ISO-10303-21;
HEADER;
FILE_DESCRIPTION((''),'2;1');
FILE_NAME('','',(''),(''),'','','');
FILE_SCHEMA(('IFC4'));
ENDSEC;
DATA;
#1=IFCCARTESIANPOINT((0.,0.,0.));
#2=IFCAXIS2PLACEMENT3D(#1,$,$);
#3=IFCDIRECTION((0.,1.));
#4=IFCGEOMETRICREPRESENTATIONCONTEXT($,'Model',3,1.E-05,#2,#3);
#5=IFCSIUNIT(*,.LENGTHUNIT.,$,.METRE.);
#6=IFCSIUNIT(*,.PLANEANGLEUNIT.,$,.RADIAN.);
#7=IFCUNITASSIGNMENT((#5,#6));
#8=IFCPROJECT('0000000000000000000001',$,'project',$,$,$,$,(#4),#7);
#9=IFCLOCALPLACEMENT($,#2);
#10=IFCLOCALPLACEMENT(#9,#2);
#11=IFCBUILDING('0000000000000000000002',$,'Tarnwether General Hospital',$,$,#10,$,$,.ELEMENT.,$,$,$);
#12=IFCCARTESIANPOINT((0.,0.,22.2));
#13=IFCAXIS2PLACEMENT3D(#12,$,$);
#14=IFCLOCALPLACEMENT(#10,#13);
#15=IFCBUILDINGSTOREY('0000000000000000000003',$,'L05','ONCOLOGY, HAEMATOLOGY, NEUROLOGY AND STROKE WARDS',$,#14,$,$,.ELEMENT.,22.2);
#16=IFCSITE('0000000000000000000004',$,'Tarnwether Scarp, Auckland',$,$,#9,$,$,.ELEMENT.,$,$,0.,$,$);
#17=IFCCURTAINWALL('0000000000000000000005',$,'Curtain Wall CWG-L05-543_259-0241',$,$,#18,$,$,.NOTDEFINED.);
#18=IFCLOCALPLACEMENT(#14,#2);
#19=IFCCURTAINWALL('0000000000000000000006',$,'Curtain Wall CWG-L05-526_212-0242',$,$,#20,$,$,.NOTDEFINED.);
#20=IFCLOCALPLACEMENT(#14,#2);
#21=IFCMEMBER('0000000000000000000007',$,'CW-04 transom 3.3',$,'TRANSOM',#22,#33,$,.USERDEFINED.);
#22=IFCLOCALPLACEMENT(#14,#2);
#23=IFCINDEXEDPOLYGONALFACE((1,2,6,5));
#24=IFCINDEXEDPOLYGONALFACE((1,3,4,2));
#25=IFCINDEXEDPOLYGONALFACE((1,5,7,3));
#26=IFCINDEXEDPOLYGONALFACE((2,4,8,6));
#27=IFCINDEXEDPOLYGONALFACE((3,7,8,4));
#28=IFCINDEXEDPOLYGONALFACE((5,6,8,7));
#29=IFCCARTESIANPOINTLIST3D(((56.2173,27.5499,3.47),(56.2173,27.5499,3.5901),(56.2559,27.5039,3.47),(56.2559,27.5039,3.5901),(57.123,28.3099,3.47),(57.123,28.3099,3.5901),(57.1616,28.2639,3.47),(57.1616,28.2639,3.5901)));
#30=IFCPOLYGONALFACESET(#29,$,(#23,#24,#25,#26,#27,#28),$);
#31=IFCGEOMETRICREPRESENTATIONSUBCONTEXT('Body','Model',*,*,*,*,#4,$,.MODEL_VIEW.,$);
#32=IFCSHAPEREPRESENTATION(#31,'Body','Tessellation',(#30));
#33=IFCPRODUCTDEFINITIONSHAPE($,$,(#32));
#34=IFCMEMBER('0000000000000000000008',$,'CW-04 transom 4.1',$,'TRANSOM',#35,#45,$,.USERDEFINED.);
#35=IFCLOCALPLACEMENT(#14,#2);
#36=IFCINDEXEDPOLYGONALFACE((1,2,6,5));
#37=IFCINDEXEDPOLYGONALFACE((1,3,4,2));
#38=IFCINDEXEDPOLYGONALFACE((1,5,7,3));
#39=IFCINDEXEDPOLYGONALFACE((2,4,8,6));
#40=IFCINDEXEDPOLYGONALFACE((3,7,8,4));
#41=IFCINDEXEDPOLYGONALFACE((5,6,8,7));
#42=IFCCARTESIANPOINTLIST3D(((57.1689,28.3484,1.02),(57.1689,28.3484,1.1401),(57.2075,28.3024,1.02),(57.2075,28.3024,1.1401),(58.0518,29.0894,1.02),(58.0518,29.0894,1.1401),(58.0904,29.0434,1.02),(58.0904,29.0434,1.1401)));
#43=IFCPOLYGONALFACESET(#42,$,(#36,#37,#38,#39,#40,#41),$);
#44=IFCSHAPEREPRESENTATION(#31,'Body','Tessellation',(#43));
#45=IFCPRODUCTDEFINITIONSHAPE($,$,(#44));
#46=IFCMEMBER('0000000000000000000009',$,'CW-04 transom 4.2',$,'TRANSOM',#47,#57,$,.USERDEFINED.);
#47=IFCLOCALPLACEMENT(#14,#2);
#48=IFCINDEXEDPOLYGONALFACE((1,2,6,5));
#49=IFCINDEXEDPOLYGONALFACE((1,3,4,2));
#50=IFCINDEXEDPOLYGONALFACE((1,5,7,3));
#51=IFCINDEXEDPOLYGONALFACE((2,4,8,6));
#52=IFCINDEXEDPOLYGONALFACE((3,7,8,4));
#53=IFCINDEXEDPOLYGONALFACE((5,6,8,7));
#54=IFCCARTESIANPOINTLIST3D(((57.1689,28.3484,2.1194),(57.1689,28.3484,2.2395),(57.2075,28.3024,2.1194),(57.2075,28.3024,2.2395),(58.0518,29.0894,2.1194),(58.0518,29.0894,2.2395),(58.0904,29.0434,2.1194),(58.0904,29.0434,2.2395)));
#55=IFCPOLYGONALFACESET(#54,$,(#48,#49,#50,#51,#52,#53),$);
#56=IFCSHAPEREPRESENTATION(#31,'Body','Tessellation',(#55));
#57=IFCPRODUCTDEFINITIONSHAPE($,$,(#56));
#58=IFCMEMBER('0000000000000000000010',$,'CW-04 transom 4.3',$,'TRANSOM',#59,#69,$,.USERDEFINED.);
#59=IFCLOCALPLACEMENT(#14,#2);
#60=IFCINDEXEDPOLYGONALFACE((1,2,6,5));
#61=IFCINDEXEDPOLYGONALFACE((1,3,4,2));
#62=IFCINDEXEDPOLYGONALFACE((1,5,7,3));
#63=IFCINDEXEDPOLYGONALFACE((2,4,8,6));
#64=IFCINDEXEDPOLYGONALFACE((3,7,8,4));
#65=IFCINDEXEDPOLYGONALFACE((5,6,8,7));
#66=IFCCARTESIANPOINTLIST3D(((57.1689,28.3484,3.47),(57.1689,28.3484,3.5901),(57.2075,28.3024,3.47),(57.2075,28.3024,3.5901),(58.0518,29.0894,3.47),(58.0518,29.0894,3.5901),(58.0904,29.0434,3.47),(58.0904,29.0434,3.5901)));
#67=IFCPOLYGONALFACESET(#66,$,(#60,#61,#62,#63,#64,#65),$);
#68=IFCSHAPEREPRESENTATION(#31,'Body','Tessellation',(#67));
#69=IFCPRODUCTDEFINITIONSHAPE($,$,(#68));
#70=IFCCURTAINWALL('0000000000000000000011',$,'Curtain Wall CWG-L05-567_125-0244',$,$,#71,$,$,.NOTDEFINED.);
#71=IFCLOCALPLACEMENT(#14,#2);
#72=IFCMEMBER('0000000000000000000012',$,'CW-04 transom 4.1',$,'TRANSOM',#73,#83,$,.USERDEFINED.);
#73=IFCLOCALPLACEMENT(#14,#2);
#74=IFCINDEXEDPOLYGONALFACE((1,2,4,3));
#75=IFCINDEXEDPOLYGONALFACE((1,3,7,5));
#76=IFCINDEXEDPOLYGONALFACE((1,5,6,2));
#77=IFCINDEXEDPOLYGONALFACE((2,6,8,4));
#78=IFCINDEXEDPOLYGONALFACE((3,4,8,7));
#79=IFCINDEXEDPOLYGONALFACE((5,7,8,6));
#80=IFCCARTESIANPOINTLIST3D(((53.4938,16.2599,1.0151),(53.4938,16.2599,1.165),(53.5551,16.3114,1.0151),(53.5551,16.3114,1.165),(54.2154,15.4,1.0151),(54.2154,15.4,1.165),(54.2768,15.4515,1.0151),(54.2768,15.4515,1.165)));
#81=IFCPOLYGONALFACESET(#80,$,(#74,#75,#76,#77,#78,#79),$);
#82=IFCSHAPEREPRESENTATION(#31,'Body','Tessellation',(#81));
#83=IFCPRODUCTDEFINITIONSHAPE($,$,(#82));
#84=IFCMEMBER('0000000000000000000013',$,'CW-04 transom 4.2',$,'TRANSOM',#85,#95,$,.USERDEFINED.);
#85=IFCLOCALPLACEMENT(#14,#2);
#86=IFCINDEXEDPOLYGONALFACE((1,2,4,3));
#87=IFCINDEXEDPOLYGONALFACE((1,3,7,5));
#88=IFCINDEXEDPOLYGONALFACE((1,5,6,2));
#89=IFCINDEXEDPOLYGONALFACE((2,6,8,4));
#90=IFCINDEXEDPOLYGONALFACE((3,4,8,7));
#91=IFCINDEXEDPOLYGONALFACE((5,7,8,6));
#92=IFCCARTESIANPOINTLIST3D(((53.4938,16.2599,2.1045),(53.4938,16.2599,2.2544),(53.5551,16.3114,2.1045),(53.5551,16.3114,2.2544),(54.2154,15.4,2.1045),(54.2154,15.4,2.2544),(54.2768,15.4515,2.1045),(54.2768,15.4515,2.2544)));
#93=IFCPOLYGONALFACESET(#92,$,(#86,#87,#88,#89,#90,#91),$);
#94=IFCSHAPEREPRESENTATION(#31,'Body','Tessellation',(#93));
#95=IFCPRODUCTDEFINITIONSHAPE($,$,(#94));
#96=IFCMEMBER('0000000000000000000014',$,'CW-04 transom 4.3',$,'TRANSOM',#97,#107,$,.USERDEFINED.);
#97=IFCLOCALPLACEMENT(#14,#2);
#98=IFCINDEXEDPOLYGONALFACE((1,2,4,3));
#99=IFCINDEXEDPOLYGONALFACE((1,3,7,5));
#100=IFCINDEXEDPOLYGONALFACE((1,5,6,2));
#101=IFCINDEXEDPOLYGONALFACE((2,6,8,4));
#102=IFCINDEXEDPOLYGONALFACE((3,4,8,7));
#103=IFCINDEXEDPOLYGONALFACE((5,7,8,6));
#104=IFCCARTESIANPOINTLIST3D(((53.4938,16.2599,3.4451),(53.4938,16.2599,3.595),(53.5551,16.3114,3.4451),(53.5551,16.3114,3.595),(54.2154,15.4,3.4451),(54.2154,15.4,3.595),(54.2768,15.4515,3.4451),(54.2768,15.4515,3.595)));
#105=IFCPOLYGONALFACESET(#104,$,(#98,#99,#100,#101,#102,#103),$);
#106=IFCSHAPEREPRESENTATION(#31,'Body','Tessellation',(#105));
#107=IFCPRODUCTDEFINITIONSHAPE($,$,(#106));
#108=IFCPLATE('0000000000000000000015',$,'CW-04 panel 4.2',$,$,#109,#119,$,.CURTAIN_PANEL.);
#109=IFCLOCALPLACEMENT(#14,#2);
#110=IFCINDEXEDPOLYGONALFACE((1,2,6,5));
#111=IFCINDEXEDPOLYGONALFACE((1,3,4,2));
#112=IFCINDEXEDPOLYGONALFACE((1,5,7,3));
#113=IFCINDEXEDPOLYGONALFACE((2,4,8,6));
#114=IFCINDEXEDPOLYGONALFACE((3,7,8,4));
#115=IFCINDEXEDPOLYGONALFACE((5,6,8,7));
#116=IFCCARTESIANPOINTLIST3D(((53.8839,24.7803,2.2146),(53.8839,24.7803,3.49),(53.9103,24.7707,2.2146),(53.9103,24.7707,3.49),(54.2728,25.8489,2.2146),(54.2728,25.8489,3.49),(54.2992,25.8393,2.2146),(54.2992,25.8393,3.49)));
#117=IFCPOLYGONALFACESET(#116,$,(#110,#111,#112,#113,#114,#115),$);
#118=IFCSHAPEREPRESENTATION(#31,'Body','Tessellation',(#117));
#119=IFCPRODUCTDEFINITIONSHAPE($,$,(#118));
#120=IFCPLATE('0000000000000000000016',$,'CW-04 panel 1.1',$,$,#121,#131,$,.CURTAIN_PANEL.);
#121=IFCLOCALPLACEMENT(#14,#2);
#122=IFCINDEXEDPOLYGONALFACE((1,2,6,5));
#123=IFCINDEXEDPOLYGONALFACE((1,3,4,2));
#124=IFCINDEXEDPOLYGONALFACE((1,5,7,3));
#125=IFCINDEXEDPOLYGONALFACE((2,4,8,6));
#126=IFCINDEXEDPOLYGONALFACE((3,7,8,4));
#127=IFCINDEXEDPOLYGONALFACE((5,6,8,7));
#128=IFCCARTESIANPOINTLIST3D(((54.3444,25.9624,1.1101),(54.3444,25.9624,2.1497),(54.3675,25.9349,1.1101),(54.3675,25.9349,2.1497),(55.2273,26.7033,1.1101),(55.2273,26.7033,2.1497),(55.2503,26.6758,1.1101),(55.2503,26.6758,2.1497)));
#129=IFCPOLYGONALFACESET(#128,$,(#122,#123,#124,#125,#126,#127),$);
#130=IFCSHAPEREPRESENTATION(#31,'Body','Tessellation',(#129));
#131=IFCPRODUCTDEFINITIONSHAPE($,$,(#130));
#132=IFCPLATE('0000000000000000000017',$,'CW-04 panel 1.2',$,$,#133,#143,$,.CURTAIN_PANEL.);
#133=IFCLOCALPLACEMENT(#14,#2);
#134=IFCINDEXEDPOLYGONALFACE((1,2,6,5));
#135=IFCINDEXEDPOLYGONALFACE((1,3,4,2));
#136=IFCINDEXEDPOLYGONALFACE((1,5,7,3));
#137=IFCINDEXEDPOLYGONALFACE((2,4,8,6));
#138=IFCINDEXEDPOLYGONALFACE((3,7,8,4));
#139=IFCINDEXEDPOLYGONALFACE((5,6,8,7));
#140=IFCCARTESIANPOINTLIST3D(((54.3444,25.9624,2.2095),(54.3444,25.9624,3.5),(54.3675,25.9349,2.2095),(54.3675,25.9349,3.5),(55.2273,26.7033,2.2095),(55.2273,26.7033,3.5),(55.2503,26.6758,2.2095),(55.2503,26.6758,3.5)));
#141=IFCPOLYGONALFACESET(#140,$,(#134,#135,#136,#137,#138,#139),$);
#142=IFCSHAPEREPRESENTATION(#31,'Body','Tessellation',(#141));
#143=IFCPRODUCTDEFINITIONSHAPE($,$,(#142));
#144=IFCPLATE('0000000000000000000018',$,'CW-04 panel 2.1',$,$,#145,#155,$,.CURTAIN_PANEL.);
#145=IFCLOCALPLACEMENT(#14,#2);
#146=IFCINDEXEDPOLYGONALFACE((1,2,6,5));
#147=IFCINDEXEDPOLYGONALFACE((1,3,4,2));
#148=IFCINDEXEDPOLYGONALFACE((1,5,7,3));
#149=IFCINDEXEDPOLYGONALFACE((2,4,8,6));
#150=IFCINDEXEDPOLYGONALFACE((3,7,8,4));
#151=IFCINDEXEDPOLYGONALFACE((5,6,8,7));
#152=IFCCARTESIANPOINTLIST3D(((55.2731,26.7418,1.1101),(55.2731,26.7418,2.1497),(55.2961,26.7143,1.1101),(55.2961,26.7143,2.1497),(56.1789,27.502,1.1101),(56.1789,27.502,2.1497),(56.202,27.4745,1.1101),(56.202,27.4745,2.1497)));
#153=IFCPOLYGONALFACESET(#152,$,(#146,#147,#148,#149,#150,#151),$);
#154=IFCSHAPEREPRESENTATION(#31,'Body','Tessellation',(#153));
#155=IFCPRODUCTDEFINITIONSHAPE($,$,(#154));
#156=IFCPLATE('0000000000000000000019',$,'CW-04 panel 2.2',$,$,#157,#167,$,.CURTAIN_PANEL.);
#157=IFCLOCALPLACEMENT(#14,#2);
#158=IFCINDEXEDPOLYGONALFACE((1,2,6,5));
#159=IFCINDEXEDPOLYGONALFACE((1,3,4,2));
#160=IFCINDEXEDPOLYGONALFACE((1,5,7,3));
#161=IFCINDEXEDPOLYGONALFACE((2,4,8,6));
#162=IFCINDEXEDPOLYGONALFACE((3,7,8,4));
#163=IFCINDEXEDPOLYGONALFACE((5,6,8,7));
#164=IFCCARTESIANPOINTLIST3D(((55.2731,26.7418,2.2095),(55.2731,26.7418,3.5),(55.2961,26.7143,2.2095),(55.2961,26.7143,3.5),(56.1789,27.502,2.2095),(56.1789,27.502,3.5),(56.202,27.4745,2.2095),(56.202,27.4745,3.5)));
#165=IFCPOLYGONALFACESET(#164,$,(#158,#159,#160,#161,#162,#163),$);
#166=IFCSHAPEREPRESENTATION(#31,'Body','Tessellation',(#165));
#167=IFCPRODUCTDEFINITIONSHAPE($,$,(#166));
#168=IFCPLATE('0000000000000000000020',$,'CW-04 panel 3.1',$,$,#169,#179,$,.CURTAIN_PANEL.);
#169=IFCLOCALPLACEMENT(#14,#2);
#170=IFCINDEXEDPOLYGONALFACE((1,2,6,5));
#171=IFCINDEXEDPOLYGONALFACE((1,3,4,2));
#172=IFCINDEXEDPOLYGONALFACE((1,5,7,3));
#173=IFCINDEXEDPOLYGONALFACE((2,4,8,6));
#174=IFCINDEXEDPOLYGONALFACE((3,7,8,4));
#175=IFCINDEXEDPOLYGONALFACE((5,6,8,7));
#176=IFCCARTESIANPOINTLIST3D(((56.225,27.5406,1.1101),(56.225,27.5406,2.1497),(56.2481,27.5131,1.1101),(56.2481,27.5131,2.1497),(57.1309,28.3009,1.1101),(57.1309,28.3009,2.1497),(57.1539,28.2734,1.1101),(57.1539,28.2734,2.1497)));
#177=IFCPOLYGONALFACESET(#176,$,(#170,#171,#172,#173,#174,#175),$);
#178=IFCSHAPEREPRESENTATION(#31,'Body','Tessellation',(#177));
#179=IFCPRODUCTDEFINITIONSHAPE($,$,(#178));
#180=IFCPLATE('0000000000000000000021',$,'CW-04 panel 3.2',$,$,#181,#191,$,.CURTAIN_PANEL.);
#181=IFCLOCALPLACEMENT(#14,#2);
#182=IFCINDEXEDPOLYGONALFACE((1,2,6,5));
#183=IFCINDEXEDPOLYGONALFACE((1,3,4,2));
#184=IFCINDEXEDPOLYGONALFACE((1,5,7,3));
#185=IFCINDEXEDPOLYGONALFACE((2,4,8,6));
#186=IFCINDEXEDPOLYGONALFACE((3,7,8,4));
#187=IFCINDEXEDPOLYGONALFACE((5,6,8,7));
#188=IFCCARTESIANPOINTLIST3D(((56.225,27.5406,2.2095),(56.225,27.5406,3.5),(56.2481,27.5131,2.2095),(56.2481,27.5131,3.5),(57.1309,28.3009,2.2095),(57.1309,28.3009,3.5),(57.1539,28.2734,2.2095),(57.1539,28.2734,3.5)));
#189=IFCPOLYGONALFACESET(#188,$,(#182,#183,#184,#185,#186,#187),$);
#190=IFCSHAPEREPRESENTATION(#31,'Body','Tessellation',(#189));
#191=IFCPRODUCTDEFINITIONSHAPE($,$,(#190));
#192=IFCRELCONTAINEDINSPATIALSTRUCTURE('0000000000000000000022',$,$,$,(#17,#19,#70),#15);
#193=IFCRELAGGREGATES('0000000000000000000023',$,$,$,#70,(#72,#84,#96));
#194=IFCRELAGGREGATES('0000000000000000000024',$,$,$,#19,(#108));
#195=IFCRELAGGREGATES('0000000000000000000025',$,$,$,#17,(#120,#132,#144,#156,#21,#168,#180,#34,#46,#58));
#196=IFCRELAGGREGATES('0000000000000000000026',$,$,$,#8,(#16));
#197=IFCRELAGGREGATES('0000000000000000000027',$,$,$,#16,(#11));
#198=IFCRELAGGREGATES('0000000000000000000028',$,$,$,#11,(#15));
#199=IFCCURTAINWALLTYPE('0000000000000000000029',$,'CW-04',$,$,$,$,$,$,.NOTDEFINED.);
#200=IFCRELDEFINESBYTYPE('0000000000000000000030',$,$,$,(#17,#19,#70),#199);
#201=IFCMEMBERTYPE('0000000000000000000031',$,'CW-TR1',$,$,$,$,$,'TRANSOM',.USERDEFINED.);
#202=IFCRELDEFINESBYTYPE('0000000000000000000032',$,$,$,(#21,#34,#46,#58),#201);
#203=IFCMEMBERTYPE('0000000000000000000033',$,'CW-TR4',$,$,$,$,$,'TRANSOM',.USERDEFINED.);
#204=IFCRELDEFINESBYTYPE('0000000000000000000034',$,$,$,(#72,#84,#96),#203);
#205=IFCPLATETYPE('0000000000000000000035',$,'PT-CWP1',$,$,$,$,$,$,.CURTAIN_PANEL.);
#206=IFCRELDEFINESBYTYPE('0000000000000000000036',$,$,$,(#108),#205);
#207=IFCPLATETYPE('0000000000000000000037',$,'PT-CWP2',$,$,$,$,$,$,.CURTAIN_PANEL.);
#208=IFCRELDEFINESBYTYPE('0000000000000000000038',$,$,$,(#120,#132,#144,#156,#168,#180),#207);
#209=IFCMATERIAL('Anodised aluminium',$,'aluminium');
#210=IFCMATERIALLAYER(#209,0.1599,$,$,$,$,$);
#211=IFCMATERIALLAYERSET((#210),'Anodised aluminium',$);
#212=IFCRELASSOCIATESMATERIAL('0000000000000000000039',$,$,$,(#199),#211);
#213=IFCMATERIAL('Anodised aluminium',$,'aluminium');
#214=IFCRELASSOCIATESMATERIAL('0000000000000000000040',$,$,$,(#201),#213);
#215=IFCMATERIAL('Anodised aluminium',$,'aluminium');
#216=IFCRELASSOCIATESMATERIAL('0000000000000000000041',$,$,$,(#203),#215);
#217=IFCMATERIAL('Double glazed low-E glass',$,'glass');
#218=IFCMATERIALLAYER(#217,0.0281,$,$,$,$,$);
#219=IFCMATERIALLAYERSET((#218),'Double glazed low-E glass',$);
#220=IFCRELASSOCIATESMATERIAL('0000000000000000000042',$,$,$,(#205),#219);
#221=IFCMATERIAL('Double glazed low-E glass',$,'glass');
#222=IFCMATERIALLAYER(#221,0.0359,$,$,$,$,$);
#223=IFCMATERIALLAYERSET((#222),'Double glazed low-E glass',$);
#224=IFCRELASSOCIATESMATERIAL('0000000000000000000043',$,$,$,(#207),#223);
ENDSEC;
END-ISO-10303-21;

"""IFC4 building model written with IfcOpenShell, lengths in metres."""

from ifc_helpers import new_model, si_unit, direction, frame, origin, origin_2d, place, context, subcontext, project, spatial, rectangle, extrude, material, layer, layer_set, material_profile, profile_set, type_object, element, aggregate, save


model = new_model("IFC4")

# Units and contexts
model_context = context("Model", 3, precision=1e-05, world=origin(), true_north=direction((0.0, 1.0)))
body_context = subcontext(model_context, "Body", "Model", "MODEL_VIEW")
ifc_project = project(units=[si_unit("LENGTHUNIT", "METRE"), si_unit("PLANEANGLEUNIT", "RADIAN")], contexts=[model_context])

# Site, building, storey
site_placement = place(None, origin())
site = spatial("IfcSite", under=ifc_project, at=site_placement, Name="Tarnwether Scarp, Auckland", CompositionType="ELEMENT", RefElevation=0.0)
building_placement = place(site_placement, origin())
building = spatial("IfcBuilding", under=site, at=building_placement, Name="Tarnwether General Hospital", CompositionType="ELEMENT")
storey_placement = place(building_placement, frame((0.0, 0.0, 22.2)))
storey = spatial("IfcBuildingStorey", under=building, at=storey_placement, Name="L05", Description="ONCOLOGY, HAEMATOLOGY, NEUROLOGY AND STROKE WARDS", CompositionType="ELEMENT", Elevation=22.2)

# Curtain wall
ifc_material_1 = material(Name="Anodised aluminium", Category="aluminium")
ifc_layer_1 = layer(ifc_material_1, 0.1599)
ifc_layer_set_1 = layer_set([ifc_layer_1], Name="Anodised aluminium")
curtain_wall_type = type_object("IfcCurtainWallType", Name="CW-04", PredefinedType="NOTDEFINED", material=ifc_layer_set_1)
curtain_wall_1_placement = place(storey_placement, origin())
curtain_wall_1 = element("IfcCurtainWall", 1, at=curtain_wall_1_placement, inside=storey, type_object=curtain_wall_type, Name="Curtain Wall CWG-L05-543_259-0241", PredefinedType="NOTDEFINED")

# Curtain wall
curtain_wall_2_placement = place(storey_placement, origin())
curtain_wall_2 = element("IfcCurtainWall", 2, at=curtain_wall_2_placement, inside=storey, type_object=curtain_wall_type, Name="Curtain Wall CWG-L05-526_212-0242", PredefinedType="NOTDEFINED")

# Members
ifc_material_2 = material(Name="Anodised aluminium", Category="aluminium")
ifc_material_profile_1 = material_profile(ifc_material_2, rectangle(XDim=0.0601, YDim=0.1201, at=origin_2d()), Name="ALU-TRN-60x120")
ifc_profile_set_1 = profile_set([ifc_material_profile_1], Name="Anodised aluminium")
member_type_1 = type_object("IfcMemberType", Name="CW-TR1", ElementType="TRANSOM", PredefinedType="USERDEFINED", material=ifc_profile_set_1)
member_1_placement = place(storey_placement, frame((56.2366, 27.5269, 3.53), z_axis=(0.766051, 0.64278, 0.0), x_axis=(-0.64278, 0.766051, 0.0)))
member_1 = element("IfcMember", 3, at=member_1_placement, type_object=member_type_1, Name="CW-04 transom 3.3", ObjectType="TRANSOM", PredefinedType="USERDEFINED", context=body_context, shape_type="SweptSolid", body=[
    extrude(rectangle(XDim=0.0601, YDim=0.1201, at=origin_2d()), origin(), (0.0, 0.0, 1.0), 1.1824),
])
member_2_placement = place(storey_placement, frame((57.1882, 28.3254, 1.0801), z_axis=(0.765959, 0.642889, 0.0), x_axis=(-0.642889, 0.765959, 0.0)))
member_2 = element("IfcMember", 4, at=member_2_placement, type_object=member_type_1, Name="CW-04 transom 4.1", ObjectType="TRANSOM", PredefinedType="USERDEFINED", context=body_context, shape_type="SweptSolid", body=[
    extrude(rectangle(XDim=0.0601, YDim=0.1201, at=origin_2d()), origin(), (0.0, 0.0, 1.0), 1.1526),
])
member_3_placement = place(storey_placement, frame((57.1882, 28.3254, 2.1794), z_axis=(0.765959, 0.642889, 0.0), x_axis=(-0.642889, 0.765959, 0.0)))
member_3 = element("IfcMember", 5, at=member_3_placement, type_object=member_type_1, Name="CW-04 transom 4.2", ObjectType="TRANSOM", PredefinedType="USERDEFINED", context=body_context, shape_type="SweptSolid", body=[
    extrude(rectangle(XDim=0.0601, YDim=0.1201, at=origin_2d()), origin(), (0.0, 0.0, 1.0), 1.1526),
])
member_4_placement = place(storey_placement, frame((57.1882, 28.3254, 3.53), z_axis=(0.765959, 0.642889, 0.0), x_axis=(-0.642889, 0.765959, 0.0)))
member_4 = element("IfcMember", 6, at=member_4_placement, type_object=member_type_1, Name="CW-04 transom 4.3", ObjectType="TRANSOM", PredefinedType="USERDEFINED", context=body_context, shape_type="SweptSolid", body=[
    extrude(rectangle(XDim=0.0601, YDim=0.1201, at=origin_2d()), origin(), (0.0, 0.0, 1.0), 1.1526),
])

# Curtain wall, members
curtain_wall_3_placement = place(storey_placement, origin())
curtain_wall_3 = element("IfcCurtainWall", 7, at=curtain_wall_3_placement, inside=storey, type_object=curtain_wall_type, Name="Curtain Wall CWG-L05-567_125-0244", PredefinedType="NOTDEFINED")
ifc_material_3 = material(Name="Anodised aluminium", Category="aluminium")
ifc_material_profile_2 = material_profile(ifc_material_3, rectangle(XDim=0.0801, YDim=0.1499, at=origin_2d()), Name="ALU-TRN-80x150")
ifc_profile_set_2 = profile_set([ifc_material_profile_2], Name="Anodised aluminium")
member_type_2 = type_object("IfcMemberType", Name="CW-TR4", ElementType="TRANSOM", PredefinedType="USERDEFINED", material=ifc_profile_set_2)
member_5_placement = place(storey_placement, frame((54.2461, 15.4258, 1.0901), z_axis=(-0.642876, 0.76597, 0.0), x_axis=(-0.76597, -0.642876, 0.0)))
member_5 = element("IfcMember", 8, at=member_5_placement, type_object=member_type_2, Name="CW-04 transom 4.1", ObjectType="TRANSOM", PredefinedType="USERDEFINED", context=body_context, shape_type="SweptSolid", body=[
    extrude(rectangle(XDim=0.0801, YDim=0.1499, at=origin_2d()), origin(), (0.0, 0.0, 1.0), 1.1226),
])
member_6_placement = place(storey_placement, frame((54.2461, 15.4258, 2.1794), z_axis=(-0.642876, 0.76597, 0.0), x_axis=(-0.76597, -0.642876, 0.0)))
member_6 = element("IfcMember", 9, at=member_6_placement, type_object=member_type_2, Name="CW-04 transom 4.2", ObjectType="TRANSOM", PredefinedType="USERDEFINED", context=body_context, shape_type="SweptSolid", body=[
    extrude(rectangle(XDim=0.0801, YDim=0.1499, at=origin_2d()), origin(), (0.0, 0.0, 1.0), 1.1226),
])
member_7_placement = place(storey_placement, frame((54.2461, 15.4258, 3.52), z_axis=(-0.642876, 0.76597, 0.0), x_axis=(-0.76597, -0.642876, 0.0)))
member_7 = element("IfcMember", 10, at=member_7_placement, type_object=member_type_2, Name="CW-04 transom 4.3", ObjectType="TRANSOM", PredefinedType="USERDEFINED", context=body_context, shape_type="SweptSolid", body=[
    extrude(rectangle(XDim=0.0801, YDim=0.1499, at=origin_2d()), origin(), (0.0, 0.0, 1.0), 1.1226),
])
aggregate(curtain_wall_3, [member_5, member_6, member_7])

# Plates
ifc_material_4 = material(Name="Double glazed low-E glass", Category="glass")
ifc_layer_2 = layer(ifc_material_4, 0.0281)
ifc_layer_set_2 = layer_set([ifc_layer_2], Name="Double glazed low-E glass")
plate_type_1 = type_object("IfcPlateType", Name="PT-CWP1", PredefinedType="CURTAIN_PANEL", material=ifc_layer_set_2)
plate_1_placement = place(storey_placement, frame((54.0916, 25.3098, 2.2146), z_axis=(0.0, 0.0, 1.0), x_axis=(0.341953, 0.939717, 0.0)))
plate_1 = element("IfcPlate", 11, at=plate_1_placement, type_object=plate_type_1, Name="CW-04 panel 4.2", PredefinedType="CURTAIN_PANEL", context=body_context, shape_type="SweptSolid", body=[
    extrude(rectangle(XDim=1.1372, YDim=0.0281, at=origin_2d()), origin(), (0.0, 0.0, 1.0), 1.2754),
])
aggregate(curtain_wall_2, [plate_1])
ifc_material_5 = material(Name="Double glazed low-E glass", Category="glass")
ifc_layer_3 = layer(ifc_material_5, 0.0359)
ifc_layer_set_3 = layer_set([ifc_layer_3], Name="Double glazed low-E glass")
plate_type_2 = type_object("IfcPlateType", Name="PT-CWP2", PredefinedType="CURTAIN_PANEL", material=ifc_layer_set_3)
plate_2_placement = place(storey_placement, frame((54.7974, 26.3191, 1.1101), z_axis=(0.0, 0.0, 1.0), x_axis=(0.76599, 0.642852, 0.0)))
plate_2 = element("IfcPlate", 12, at=plate_2_placement, type_object=plate_type_2, Name="CW-04 panel 1.1", PredefinedType="CURTAIN_PANEL", context=body_context, shape_type="SweptSolid", body=[
    extrude(rectangle(XDim=1.1526, YDim=0.0359, at=origin_2d()), origin(), (0.0, 0.0, 1.0), 1.0396),
])
plate_3_placement = place(storey_placement, frame((54.7974, 26.3191, 2.2095), z_axis=(0.0, 0.0, 1.0), x_axis=(0.76599, 0.642852, 0.0)))
plate_3 = element("IfcPlate", 13, at=plate_3_placement, type_object=plate_type_2, Name="CW-04 panel 1.2", PredefinedType="CURTAIN_PANEL", context=body_context, shape_type="SweptSolid", body=[
    extrude(rectangle(XDim=1.1526, YDim=0.0359, at=origin_2d()), origin(), (0.0, 0.0, 1.0), 1.2905),
])
plate_4_placement = place(storey_placement, frame((55.7375, 27.1082, 1.1101), z_axis=(0.0, 0.0, 1.0), x_axis=(0.76599, 0.642852, 0.0)))
plate_4 = element("IfcPlate", 14, at=plate_4_placement, type_object=plate_type_2, Name="CW-04 panel 2.1", PredefinedType="CURTAIN_PANEL", context=body_context, shape_type="SweptSolid", body=[
    extrude(rectangle(XDim=1.1826, YDim=0.0359, at=origin_2d()), origin(), (0.0, 0.0, 1.0), 1.0396),
])
plate_5_placement = place(storey_placement, frame((55.7375, 27.1082, 2.2095), z_axis=(0.0, 0.0, 1.0), x_axis=(0.76599, 0.642852, 0.0)))
plate_5 = element("IfcPlate", 15, at=plate_5_placement, type_object=plate_type_2, Name="CW-04 panel 2.2", PredefinedType="CURTAIN_PANEL", context=body_context, shape_type="SweptSolid", body=[
    extrude(rectangle(XDim=1.1826, YDim=0.0359, at=origin_2d()), origin(), (0.0, 0.0, 1.0), 1.2905),
])
plate_6_placement = place(storey_placement, frame((56.6895, 27.907, 1.1101), z_axis=(0.0, 0.0, 1.0), x_axis=(0.76599, 0.642852, 0.0)))
plate_6 = element("IfcPlate", 16, at=plate_6_placement, type_object=plate_type_2, Name="CW-04 panel 3.1", PredefinedType="CURTAIN_PANEL", context=body_context, shape_type="SweptSolid", body=[
    extrude(rectangle(XDim=1.1826, YDim=0.0359, at=origin_2d()), origin(), (0.0, 0.0, 1.0), 1.0396),
])
plate_7_placement = place(storey_placement, frame((56.6895, 27.907, 2.2095), z_axis=(0.0, 0.0, 1.0), x_axis=(0.76599, 0.642852, 0.0)))
plate_7 = element("IfcPlate", 17, at=plate_7_placement, type_object=plate_type_2, Name="CW-04 panel 3.2", PredefinedType="CURTAIN_PANEL", context=body_context, shape_type="SweptSolid", body=[
    extrude(rectangle(XDim=1.1826, YDim=0.0359, at=origin_2d()), origin(), (0.0, 0.0, 1.0), 1.2905),
])
aggregate(curtain_wall_1, [plate_2, plate_3, plate_4, plate_5, member_1, plate_6, plate_7, member_2, member_3, member_4])

save(model, "model.ifc")
